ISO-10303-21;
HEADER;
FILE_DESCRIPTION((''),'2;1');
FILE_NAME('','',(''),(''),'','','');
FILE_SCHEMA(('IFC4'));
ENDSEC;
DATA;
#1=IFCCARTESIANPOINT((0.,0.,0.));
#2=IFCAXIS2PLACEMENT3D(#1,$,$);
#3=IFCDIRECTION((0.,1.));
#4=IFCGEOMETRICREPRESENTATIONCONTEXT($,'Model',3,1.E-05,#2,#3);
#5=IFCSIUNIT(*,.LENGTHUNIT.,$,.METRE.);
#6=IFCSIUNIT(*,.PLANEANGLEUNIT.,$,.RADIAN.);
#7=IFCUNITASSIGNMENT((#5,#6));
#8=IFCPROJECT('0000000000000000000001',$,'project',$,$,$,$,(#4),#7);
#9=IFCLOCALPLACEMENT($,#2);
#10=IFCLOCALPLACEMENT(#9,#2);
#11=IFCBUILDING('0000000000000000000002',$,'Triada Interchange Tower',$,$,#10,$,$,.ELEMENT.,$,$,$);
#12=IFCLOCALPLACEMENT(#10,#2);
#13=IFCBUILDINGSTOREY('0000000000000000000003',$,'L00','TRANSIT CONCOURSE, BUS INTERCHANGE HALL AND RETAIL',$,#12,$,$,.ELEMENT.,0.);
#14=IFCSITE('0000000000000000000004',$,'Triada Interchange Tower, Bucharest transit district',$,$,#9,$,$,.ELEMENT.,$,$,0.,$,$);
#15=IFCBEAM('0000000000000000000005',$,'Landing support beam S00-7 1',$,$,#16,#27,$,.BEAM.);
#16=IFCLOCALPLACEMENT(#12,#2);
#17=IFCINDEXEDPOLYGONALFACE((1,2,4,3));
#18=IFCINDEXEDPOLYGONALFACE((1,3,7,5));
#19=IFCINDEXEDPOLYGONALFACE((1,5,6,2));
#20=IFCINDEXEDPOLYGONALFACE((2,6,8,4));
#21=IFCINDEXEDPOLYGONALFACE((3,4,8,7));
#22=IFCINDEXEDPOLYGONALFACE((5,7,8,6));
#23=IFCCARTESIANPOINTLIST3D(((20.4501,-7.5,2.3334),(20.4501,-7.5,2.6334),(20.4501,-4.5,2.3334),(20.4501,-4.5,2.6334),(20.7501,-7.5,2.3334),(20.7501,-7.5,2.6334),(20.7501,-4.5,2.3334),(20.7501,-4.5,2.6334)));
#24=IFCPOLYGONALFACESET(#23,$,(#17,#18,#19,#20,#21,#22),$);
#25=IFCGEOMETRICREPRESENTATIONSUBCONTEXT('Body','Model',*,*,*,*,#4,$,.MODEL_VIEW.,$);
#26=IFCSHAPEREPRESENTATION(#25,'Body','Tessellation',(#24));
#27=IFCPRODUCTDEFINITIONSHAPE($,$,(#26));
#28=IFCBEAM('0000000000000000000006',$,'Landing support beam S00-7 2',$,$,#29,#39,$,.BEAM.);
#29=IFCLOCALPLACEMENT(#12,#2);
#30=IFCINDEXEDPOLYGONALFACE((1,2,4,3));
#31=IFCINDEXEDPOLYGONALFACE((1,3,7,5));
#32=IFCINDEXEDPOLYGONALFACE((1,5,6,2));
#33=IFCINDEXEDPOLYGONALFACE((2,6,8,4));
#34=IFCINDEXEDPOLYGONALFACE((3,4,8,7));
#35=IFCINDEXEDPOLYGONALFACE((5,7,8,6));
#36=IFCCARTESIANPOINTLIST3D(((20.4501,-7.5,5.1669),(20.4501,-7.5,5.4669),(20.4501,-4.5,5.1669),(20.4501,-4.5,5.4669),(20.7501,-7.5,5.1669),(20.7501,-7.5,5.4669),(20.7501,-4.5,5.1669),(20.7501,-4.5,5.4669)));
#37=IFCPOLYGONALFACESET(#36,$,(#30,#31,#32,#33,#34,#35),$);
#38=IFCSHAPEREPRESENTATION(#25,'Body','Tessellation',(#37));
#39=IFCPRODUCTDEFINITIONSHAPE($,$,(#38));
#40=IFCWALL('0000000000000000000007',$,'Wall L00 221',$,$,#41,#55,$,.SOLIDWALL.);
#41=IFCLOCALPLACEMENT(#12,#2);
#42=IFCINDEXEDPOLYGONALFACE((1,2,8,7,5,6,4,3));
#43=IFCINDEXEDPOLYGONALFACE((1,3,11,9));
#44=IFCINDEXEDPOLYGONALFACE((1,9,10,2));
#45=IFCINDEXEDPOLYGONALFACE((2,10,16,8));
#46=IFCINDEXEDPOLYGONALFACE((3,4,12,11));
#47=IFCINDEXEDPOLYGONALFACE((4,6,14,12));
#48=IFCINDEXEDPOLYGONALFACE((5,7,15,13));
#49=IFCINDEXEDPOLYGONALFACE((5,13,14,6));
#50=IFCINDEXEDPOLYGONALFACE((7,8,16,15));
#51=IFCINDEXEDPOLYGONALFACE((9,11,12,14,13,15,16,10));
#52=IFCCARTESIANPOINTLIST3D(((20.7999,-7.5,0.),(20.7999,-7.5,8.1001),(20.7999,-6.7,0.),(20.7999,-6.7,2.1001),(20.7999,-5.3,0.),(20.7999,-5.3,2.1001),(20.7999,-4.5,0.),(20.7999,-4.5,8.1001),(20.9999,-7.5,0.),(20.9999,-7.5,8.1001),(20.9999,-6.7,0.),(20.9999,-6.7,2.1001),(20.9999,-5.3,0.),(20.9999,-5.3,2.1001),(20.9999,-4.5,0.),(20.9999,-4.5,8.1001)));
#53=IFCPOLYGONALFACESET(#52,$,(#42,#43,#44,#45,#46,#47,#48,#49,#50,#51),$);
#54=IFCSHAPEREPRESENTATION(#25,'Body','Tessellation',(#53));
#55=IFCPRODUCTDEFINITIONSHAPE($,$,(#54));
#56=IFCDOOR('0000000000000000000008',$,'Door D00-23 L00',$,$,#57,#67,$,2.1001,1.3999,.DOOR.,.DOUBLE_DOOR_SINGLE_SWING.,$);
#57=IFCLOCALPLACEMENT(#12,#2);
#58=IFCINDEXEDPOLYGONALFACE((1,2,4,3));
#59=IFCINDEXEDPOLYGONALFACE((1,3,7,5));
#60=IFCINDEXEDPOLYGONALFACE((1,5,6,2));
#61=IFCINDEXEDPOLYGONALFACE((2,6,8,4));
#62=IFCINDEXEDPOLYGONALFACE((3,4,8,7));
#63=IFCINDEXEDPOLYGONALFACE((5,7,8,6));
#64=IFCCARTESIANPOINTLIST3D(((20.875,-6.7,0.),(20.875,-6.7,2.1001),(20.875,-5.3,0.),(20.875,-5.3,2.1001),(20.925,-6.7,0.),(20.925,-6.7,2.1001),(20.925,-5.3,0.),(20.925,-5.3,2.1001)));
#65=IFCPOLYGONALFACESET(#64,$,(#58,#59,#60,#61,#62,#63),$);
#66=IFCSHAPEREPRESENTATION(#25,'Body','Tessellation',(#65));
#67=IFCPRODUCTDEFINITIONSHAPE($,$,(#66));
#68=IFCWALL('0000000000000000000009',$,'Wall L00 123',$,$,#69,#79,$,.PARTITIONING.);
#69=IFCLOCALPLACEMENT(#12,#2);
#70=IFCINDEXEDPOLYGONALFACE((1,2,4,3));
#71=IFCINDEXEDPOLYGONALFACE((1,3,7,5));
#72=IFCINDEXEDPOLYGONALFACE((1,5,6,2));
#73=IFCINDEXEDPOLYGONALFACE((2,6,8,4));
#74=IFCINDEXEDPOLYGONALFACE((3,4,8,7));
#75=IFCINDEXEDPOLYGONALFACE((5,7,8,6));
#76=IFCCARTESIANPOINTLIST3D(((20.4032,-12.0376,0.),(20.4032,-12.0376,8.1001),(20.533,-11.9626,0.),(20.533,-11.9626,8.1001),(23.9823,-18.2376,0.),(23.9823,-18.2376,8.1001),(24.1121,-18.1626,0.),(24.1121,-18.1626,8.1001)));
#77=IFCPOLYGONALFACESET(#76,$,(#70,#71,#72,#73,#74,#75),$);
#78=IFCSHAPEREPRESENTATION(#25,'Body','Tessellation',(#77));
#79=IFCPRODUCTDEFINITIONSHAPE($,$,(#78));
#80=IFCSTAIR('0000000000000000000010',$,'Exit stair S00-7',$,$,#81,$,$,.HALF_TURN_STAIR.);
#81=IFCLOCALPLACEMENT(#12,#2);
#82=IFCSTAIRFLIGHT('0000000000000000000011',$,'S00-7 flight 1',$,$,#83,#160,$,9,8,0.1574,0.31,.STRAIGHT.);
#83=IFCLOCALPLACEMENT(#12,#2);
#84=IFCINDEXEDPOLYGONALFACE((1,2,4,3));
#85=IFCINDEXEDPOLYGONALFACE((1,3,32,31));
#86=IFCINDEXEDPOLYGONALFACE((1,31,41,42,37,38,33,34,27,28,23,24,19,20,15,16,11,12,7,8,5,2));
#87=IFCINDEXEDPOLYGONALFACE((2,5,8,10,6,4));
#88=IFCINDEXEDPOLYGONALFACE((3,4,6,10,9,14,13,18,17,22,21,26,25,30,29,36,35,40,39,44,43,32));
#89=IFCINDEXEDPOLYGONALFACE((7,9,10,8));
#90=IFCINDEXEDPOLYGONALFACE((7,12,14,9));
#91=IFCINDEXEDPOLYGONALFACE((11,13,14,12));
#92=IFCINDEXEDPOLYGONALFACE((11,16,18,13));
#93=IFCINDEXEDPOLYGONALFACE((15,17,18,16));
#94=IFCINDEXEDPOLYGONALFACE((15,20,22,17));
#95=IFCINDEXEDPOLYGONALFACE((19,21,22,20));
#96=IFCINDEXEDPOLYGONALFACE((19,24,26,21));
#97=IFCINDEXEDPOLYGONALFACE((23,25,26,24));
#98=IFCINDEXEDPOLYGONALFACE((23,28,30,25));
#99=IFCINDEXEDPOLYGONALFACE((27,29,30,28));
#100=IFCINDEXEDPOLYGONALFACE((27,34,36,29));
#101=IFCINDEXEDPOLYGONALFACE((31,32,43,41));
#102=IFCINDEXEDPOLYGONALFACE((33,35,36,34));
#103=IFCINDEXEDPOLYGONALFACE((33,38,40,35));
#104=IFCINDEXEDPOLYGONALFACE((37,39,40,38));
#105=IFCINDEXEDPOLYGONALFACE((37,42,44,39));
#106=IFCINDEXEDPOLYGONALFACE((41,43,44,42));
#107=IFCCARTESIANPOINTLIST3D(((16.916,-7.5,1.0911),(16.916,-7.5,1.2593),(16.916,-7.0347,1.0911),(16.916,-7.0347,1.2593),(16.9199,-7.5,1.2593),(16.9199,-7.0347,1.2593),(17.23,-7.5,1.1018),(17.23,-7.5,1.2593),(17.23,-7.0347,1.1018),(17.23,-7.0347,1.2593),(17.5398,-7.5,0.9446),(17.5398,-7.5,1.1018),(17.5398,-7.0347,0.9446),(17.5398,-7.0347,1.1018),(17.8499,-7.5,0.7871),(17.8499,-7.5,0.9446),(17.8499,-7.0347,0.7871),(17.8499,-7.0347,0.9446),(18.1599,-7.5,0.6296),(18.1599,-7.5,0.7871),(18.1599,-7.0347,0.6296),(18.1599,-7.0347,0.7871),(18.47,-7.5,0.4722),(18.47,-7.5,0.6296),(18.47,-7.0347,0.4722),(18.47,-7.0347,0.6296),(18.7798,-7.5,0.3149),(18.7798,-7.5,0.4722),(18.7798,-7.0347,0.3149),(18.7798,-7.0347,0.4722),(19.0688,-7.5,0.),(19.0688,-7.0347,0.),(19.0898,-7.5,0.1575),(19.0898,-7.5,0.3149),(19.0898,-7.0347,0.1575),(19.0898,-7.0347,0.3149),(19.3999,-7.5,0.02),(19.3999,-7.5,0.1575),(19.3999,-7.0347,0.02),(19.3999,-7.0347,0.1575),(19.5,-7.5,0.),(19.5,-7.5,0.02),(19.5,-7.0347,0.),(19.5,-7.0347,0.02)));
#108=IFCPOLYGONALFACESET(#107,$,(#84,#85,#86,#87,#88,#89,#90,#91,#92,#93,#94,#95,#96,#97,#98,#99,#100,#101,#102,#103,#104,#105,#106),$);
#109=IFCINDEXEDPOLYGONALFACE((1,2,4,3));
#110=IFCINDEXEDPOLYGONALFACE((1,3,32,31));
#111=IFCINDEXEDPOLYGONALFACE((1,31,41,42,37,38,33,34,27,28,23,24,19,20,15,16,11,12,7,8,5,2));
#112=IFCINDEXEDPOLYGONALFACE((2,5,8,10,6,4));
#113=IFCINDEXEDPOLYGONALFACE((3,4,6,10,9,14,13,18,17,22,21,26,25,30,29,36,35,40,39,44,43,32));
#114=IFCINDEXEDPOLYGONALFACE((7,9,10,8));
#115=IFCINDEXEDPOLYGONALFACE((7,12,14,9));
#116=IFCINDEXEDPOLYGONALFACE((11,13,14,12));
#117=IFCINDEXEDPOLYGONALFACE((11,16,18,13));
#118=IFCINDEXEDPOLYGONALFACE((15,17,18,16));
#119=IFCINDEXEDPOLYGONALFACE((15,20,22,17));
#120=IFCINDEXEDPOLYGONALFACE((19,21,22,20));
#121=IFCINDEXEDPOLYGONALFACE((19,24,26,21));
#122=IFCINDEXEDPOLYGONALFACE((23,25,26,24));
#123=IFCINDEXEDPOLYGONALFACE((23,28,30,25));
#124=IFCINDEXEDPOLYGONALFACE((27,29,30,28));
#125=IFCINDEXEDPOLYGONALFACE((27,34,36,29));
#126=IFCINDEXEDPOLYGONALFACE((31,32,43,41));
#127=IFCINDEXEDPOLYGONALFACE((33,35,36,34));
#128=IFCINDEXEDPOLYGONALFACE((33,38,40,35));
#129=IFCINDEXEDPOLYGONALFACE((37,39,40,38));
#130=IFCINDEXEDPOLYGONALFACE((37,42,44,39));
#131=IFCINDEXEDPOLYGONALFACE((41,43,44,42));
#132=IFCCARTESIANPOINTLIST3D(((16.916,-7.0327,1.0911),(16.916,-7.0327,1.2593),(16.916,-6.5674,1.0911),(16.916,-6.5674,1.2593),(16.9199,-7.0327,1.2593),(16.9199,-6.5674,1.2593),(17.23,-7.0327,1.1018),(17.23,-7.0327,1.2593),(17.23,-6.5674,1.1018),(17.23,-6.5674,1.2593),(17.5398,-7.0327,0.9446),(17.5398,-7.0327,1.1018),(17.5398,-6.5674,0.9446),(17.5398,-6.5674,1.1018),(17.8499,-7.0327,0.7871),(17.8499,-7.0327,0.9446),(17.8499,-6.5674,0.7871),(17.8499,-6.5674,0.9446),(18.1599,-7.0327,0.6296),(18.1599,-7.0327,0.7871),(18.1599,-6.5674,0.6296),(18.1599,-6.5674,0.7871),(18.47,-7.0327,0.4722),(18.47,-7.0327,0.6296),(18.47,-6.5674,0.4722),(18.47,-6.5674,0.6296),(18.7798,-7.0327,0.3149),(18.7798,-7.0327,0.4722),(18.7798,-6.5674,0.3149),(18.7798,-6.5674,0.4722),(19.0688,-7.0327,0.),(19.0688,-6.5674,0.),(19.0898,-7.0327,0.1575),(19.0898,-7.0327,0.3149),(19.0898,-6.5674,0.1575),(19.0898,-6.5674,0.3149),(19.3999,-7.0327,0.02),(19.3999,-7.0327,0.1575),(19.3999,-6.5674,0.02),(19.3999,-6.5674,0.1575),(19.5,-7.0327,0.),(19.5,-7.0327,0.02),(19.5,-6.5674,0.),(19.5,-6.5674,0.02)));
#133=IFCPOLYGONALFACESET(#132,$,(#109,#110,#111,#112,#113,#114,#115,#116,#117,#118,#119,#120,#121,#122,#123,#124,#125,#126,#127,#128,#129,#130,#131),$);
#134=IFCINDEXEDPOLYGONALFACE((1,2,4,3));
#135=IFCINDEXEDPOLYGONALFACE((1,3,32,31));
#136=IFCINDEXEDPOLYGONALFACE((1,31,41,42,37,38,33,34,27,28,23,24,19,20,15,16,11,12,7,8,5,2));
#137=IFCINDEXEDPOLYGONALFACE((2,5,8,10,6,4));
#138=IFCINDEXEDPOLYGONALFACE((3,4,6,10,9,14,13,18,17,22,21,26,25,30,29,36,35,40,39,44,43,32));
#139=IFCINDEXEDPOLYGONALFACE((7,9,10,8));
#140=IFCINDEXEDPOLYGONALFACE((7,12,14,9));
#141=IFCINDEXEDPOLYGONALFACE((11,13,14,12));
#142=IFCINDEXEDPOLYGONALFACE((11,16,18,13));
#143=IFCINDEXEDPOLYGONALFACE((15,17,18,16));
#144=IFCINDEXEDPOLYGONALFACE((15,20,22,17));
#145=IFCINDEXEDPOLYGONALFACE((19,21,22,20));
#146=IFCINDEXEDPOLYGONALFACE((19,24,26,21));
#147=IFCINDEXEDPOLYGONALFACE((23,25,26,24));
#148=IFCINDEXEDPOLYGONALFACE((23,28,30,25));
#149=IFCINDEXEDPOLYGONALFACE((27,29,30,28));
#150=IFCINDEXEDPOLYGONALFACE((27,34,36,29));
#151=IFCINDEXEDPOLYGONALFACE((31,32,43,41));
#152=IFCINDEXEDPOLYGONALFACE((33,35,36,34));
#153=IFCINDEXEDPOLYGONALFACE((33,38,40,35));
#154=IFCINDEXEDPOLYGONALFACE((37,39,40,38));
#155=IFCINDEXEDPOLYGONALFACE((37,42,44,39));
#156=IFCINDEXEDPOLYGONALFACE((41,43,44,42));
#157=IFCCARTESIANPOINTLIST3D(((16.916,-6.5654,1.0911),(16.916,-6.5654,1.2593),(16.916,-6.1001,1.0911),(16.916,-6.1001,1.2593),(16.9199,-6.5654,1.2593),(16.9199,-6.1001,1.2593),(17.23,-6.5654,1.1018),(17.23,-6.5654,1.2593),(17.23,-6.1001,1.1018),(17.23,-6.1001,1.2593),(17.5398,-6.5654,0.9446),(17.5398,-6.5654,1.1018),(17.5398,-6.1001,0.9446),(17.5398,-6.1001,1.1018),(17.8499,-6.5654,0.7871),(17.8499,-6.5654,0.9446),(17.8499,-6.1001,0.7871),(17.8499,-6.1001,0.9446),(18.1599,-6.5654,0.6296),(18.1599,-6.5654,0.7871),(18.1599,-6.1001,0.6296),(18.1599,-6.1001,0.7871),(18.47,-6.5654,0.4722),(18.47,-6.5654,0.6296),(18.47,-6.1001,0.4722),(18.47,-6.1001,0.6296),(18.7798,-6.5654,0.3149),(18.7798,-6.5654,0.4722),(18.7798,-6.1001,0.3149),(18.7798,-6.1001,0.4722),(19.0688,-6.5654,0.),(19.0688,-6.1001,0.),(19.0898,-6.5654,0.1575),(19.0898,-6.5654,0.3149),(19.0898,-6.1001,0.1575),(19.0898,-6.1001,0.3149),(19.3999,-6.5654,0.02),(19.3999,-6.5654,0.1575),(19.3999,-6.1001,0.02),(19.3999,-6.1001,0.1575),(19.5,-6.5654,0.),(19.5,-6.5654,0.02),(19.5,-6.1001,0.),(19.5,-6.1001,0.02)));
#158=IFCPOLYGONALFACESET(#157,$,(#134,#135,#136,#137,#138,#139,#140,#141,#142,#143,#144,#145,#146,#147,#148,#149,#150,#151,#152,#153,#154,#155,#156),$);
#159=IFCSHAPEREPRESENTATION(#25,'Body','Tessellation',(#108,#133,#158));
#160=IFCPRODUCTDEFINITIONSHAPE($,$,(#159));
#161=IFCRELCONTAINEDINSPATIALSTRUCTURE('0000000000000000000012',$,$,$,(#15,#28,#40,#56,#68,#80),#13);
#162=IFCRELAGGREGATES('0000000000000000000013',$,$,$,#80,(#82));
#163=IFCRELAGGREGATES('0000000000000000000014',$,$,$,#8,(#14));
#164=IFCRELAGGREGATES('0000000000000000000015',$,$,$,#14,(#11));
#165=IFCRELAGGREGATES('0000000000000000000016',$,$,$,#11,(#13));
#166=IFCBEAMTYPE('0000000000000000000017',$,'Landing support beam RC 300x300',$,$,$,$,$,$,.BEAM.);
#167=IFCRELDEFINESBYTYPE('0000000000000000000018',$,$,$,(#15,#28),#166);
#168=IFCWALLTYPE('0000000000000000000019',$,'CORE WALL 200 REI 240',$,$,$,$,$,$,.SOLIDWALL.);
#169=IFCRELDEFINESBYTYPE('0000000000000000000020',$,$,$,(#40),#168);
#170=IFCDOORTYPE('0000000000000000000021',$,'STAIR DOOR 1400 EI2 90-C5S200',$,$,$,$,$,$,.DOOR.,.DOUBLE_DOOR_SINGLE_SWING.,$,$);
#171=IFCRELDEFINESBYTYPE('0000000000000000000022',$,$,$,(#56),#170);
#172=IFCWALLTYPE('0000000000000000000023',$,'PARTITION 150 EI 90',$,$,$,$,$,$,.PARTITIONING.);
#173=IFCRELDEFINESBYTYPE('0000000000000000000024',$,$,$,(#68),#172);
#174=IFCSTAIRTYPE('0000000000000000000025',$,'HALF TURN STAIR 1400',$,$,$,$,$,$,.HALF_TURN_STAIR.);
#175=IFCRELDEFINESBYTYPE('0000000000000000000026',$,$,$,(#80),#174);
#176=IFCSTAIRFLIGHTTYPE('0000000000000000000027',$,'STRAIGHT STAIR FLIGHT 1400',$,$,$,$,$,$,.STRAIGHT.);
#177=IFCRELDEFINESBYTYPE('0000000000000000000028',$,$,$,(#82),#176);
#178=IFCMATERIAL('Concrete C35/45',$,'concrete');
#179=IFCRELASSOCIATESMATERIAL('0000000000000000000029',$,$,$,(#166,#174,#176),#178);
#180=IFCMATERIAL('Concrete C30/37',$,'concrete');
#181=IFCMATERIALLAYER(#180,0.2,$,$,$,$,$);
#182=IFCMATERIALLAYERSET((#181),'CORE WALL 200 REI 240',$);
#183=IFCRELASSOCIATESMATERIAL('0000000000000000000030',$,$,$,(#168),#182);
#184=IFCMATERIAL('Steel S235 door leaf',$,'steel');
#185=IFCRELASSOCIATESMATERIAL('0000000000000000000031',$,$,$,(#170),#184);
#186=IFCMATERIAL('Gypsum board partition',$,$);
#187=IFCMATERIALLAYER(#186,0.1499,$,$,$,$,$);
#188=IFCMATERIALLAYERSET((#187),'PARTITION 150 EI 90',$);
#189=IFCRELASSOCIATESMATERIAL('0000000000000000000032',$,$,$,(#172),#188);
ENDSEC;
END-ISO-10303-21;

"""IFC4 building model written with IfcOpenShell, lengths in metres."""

from ifc_helpers import new_model, si_unit, direction, frame, frame_2d, origin, origin_2d, place, context, subcontext, project, spatial, polyline, rectangle, outline, extrude, material, layer, layer_set, material_profile, profile_set, type_object, element, fill, aggregate, save


model = new_model("IFC4")

# Units and contexts
model_context = context("Model", 3, precision=1e-05, world=origin(), true_north=direction((0.0, 1.0)))
body_context = subcontext(model_context, "Body", "Model", "MODEL_VIEW")
ifc_project = project(units=[si_unit("LENGTHUNIT", "METRE"), si_unit("PLANEANGLEUNIT", "RADIAN")], contexts=[model_context])

# Site, building, storey
site_placement = place(None, origin())
site = spatial("IfcSite", under=ifc_project, at=site_placement, Name="Triada Interchange Tower, Bucharest transit district", CompositionType="ELEMENT", RefElevation=0.0)
building_placement = place(site_placement, origin())
building = spatial("IfcBuilding", under=site, at=building_placement, Name="Triada Interchange Tower", CompositionType="ELEMENT")
storey_placement = place(building_placement, origin())
storey = spatial("IfcBuildingStorey", under=building, at=storey_placement, Name="L00", Description="TRANSIT CONCOURSE, BUS INTERCHANGE HALL AND RETAIL", CompositionType="ELEMENT", Elevation=0.0)

# Beams
ifc_material_1 = material(Name="Concrete C35/45", Category="concrete")
ifc_material_profile = material_profile(ifc_material_1, rectangle(XDim=0.3, YDim=0.3, at=origin_2d()), Name="RC 300x300")
ifc_profile_set = profile_set([ifc_material_profile], Name="Concrete C35/45")
beam_type = type_object("IfcBeamType", Name="Landing support beam RC 300x300", PredefinedType="BEAM", material=ifc_profile_set)
for number, where, z_axis, x_axis, name in (
    (1, (20.6001, -7.5, 2.4834), (0.0, 1.0, 0.0), (-1.0, 0.0, 0.0), "Landing support beam S00-7 1"),
    (2, (20.6001, -7.5, 5.3169), (0.0, 1.0, 0.0), (-1.0, 0.0, 0.0), "Landing support beam S00-7 2"),
):
    element("IfcBeam", number, at=place(storey_placement, frame(where, z_axis=z_axis, x_axis=x_axis)), inside=storey, type_object=beam_type, Name=name, PredefinedType="BEAM", context=body_context, shape_type="SweptSolid", body=[
        extrude(rectangle(XDim=0.3, YDim=0.3, at=origin_2d()), origin(), (0.0, 0.0, 1.0), 3.0),
    ])

# Wall, opening, door
ifc_material_2 = material(Name="Concrete C30/37", Category="concrete")
ifc_layer_1 = layer(ifc_material_2, 0.2)
ifc_layer_set_1 = layer_set([ifc_layer_1], Name="CORE WALL 200 REI 240")
wall_type_1 = type_object("IfcWallType", Name="CORE WALL 200 REI 240", PredefinedType="SOLIDWALL", material=ifc_layer_set_1)
wall_1_placement = place(storey_placement, frame((20.8999, -7.5, 0.0), z_axis=(0.0, 0.0, 1.0), x_axis=(0.0, 1.0, 0.0)))
wall_1 = element("IfcWall", 3, at=wall_1_placement, inside=storey, type_object=wall_type_1, Name="Wall L00 221", PredefinedType="SOLIDWALL", context=body_context, shape_type="SweptSolid", body=[
    extrude(rectangle(XDim=3.0, YDim=0.2, at=frame_2d((1.5, 0.0))), origin(), (0.0, 0.0, 1.0), 8.1001),
])
opening_placement = place(wall_1_placement, frame((0.8, 0.0, 0.0)))
opening = element("IfcOpeningElement", 4, at=opening_placement, cuts=wall_1, PredefinedType="OPENING", context=body_context, shape_type="SweptSolid", body=[
    extrude(rectangle(XDim=1.3999, YDim=2.1001, at=frame_2d((0.7, 1.05))), frame((0.0, 0.1099, 0.0), z_axis=(0.0, -1.0, 0.0), x_axis=(1.0, 0.0, 0.0)), (0.0, 0.0, 1.0), 0.22),
])
ifc_material_3 = material(Name="Steel S235 door leaf", Category="steel")
door_type = type_object("IfcDoorType", Name="STAIR DOOR 1400 EI2 90-C5S200", OperationType="DOUBLE_DOOR_SINGLE_SWING", PredefinedType="DOOR", material=ifc_material_3)
door_placement = place(opening_placement, origin())
door = element("IfcDoor", 5, at=door_placement, inside=storey, type_object=door_type, Name="Door D00-23 L00", OperationType="DOUBLE_DOOR_SINGLE_SWING", OverallHeight=2.1001, OverallWidth=1.3999, PredefinedType="DOOR", context=body_context, shape_type="SweptSolid", body=[
    extrude(rectangle(XDim=1.3999, YDim=2.1001, at=frame_2d((0.7, 1.05))), frame((0.0, 0.0249, 0.0), z_axis=(0.0, -1.0, 0.0), x_axis=(1.0, 0.0, 0.0)), (0.0, 0.0, 1.0), 0.05),
])
fill(opening, door)

# Wall
ifc_material_4 = material(Name="Gypsum board partition")
ifc_layer_2 = layer(ifc_material_4, 0.1499)
ifc_layer_set_2 = layer_set([ifc_layer_2], Name="PARTITION 150 EI 90")
wall_type_2 = type_object("IfcWallType", Name="PARTITION 150 EI 90", PredefinedType="PARTITIONING", material=ifc_layer_set_2)
wall_2_placement = place(storey_placement, frame((20.468, -12.0, 0.0), z_axis=(0.0, 0.0, 1.0), x_axis=(0.499954, -0.866052, 0.0)))
element("IfcWall", 6, at=wall_2_placement, inside=storey, type_object=wall_type_2, Name="Wall L00 123", PredefinedType="PARTITIONING", context=body_context, shape_type="SweptSolid", body=[
    extrude(rectangle(XDim=7.1589, YDim=0.1499, at=frame_2d((3.5796, 0.0))), origin(), (0.0, 0.0, 1.0), 8.1001),
])

# Stair, stair flight
stair_type = type_object("IfcStairType", Name="HALF TURN STAIR 1400", PredefinedType="HALF_TURN_STAIR", material=ifc_material_1)
stair_placement = place(storey_placement, origin())
stair = element("IfcStair", 7, at=stair_placement, inside=storey, type_object=stair_type, Name="Exit stair S00-7", PredefinedType="HALF_TURN_STAIR")
stair_flight_type = type_object("IfcStairFlightType", Name="STRAIGHT STAIR FLIGHT 1400", PredefinedType="STRAIGHT", material=ifc_material_1)
stair_flight_1_placement = place(storey_placement, frame((19.3999, -6.8, 0.0), z_axis=(0.0, 0.0, 1.0), x_axis=(-1.0, 0.0, 0.0)))
stair_flight_1 = element("IfcStairFlight", 8, at=stair_flight_1_placement, type_object=stair_flight_type, Name="S00-7 flight 1", NumberOfRisers=9, NumberOfTreads=8, PredefinedType="STRAIGHT", RiserHeight=0.1574, TreadLength=0.31, context=body_context, shape_type="SweptSolid", body=[
    extrude(outline(polyline([(-0.1001, 0.0), (-0.1001, 0.02), (0.0, 0.02), (0.0, 0.1575), (0.3101, 0.1575), (0.3101, 0.3149), (0.6201, 0.3149), (0.6201, 0.4722), (0.9299, 0.4722), (0.9299, 0.6296), (1.24, 0.6296), (1.24, 0.7871), (1.55, 0.7871), (1.55, 0.9446), (1.8601, 0.9446), (1.8601, 1.1018), (2.1699, 1.1018), (2.1699, 1.2593), (2.48, 1.2593), (2.4839, 1.2593), (2.4839, 1.4167), (2.4839, 1.0911), (0.3311, 0.0), (-0.1001, 0.0)])), frame((0.0, 0.7, 0.0), z_axis=(0.0, -1.0, 0.0), x_axis=(1.0, 0.0, 0.0)), (0.0, 0.0, 1.0), 0.4653),
    extrude(outline(polyline([(-0.1001, 0.0), (-0.1001, 0.02), (0.0, 0.02), (0.0, 0.1575), (0.3101, 0.1575), (0.3101, 0.3149), (0.6201, 0.3149), (0.6201, 0.4722), (0.9299, 0.4722), (0.9299, 0.6296), (1.24, 0.6296), (1.24, 0.7871), (1.55, 0.7871), (1.55, 0.9446), (1.8601, 0.9446), (1.8601, 1.1018), (2.1699, 1.1018), (2.1699, 1.2593), (2.48, 1.2593), (2.4839, 1.2593), (2.4839, 1.4167), (2.4839, 1.0911), (0.3311, 0.0), (-0.1001, 0.0)])), frame((0.0, 0.2327, 0.0), z_axis=(0.0, -1.0, 0.0), x_axis=(1.0, 0.0, 0.0)), (0.0, 0.0, 1.0), 0.4653),
    extrude(outline(polyline([(-0.1001, 0.0), (-0.1001, 0.02), (0.0, 0.02), (0.0, 0.1575), (0.3101, 0.1575), (0.3101, 0.3149), (0.6201, 0.3149), (0.6201, 0.4722), (0.9299, 0.4722), (0.9299, 0.6296), (1.24, 0.6296), (1.24, 0.7871), (1.55, 0.7871), (1.55, 0.9446), (1.8601, 0.9446), (1.8601, 1.1018), (2.1699, 1.1018), (2.1699, 1.2593), (2.48, 1.2593), (2.4839, 1.2593), (2.4839, 1.4167), (2.4839, 1.0911), (0.3311, 0.0), (-0.1001, 0.0)])), frame((0.0, -0.2346, 0.0), z_axis=(0.0, -1.0, 0.0), x_axis=(1.0, 0.0, 0.0)), (0.0, 0.0, 1.0), 0.4653),
])
aggregate(stair, [stair_flight_1])

save(model, "model.ifc")
